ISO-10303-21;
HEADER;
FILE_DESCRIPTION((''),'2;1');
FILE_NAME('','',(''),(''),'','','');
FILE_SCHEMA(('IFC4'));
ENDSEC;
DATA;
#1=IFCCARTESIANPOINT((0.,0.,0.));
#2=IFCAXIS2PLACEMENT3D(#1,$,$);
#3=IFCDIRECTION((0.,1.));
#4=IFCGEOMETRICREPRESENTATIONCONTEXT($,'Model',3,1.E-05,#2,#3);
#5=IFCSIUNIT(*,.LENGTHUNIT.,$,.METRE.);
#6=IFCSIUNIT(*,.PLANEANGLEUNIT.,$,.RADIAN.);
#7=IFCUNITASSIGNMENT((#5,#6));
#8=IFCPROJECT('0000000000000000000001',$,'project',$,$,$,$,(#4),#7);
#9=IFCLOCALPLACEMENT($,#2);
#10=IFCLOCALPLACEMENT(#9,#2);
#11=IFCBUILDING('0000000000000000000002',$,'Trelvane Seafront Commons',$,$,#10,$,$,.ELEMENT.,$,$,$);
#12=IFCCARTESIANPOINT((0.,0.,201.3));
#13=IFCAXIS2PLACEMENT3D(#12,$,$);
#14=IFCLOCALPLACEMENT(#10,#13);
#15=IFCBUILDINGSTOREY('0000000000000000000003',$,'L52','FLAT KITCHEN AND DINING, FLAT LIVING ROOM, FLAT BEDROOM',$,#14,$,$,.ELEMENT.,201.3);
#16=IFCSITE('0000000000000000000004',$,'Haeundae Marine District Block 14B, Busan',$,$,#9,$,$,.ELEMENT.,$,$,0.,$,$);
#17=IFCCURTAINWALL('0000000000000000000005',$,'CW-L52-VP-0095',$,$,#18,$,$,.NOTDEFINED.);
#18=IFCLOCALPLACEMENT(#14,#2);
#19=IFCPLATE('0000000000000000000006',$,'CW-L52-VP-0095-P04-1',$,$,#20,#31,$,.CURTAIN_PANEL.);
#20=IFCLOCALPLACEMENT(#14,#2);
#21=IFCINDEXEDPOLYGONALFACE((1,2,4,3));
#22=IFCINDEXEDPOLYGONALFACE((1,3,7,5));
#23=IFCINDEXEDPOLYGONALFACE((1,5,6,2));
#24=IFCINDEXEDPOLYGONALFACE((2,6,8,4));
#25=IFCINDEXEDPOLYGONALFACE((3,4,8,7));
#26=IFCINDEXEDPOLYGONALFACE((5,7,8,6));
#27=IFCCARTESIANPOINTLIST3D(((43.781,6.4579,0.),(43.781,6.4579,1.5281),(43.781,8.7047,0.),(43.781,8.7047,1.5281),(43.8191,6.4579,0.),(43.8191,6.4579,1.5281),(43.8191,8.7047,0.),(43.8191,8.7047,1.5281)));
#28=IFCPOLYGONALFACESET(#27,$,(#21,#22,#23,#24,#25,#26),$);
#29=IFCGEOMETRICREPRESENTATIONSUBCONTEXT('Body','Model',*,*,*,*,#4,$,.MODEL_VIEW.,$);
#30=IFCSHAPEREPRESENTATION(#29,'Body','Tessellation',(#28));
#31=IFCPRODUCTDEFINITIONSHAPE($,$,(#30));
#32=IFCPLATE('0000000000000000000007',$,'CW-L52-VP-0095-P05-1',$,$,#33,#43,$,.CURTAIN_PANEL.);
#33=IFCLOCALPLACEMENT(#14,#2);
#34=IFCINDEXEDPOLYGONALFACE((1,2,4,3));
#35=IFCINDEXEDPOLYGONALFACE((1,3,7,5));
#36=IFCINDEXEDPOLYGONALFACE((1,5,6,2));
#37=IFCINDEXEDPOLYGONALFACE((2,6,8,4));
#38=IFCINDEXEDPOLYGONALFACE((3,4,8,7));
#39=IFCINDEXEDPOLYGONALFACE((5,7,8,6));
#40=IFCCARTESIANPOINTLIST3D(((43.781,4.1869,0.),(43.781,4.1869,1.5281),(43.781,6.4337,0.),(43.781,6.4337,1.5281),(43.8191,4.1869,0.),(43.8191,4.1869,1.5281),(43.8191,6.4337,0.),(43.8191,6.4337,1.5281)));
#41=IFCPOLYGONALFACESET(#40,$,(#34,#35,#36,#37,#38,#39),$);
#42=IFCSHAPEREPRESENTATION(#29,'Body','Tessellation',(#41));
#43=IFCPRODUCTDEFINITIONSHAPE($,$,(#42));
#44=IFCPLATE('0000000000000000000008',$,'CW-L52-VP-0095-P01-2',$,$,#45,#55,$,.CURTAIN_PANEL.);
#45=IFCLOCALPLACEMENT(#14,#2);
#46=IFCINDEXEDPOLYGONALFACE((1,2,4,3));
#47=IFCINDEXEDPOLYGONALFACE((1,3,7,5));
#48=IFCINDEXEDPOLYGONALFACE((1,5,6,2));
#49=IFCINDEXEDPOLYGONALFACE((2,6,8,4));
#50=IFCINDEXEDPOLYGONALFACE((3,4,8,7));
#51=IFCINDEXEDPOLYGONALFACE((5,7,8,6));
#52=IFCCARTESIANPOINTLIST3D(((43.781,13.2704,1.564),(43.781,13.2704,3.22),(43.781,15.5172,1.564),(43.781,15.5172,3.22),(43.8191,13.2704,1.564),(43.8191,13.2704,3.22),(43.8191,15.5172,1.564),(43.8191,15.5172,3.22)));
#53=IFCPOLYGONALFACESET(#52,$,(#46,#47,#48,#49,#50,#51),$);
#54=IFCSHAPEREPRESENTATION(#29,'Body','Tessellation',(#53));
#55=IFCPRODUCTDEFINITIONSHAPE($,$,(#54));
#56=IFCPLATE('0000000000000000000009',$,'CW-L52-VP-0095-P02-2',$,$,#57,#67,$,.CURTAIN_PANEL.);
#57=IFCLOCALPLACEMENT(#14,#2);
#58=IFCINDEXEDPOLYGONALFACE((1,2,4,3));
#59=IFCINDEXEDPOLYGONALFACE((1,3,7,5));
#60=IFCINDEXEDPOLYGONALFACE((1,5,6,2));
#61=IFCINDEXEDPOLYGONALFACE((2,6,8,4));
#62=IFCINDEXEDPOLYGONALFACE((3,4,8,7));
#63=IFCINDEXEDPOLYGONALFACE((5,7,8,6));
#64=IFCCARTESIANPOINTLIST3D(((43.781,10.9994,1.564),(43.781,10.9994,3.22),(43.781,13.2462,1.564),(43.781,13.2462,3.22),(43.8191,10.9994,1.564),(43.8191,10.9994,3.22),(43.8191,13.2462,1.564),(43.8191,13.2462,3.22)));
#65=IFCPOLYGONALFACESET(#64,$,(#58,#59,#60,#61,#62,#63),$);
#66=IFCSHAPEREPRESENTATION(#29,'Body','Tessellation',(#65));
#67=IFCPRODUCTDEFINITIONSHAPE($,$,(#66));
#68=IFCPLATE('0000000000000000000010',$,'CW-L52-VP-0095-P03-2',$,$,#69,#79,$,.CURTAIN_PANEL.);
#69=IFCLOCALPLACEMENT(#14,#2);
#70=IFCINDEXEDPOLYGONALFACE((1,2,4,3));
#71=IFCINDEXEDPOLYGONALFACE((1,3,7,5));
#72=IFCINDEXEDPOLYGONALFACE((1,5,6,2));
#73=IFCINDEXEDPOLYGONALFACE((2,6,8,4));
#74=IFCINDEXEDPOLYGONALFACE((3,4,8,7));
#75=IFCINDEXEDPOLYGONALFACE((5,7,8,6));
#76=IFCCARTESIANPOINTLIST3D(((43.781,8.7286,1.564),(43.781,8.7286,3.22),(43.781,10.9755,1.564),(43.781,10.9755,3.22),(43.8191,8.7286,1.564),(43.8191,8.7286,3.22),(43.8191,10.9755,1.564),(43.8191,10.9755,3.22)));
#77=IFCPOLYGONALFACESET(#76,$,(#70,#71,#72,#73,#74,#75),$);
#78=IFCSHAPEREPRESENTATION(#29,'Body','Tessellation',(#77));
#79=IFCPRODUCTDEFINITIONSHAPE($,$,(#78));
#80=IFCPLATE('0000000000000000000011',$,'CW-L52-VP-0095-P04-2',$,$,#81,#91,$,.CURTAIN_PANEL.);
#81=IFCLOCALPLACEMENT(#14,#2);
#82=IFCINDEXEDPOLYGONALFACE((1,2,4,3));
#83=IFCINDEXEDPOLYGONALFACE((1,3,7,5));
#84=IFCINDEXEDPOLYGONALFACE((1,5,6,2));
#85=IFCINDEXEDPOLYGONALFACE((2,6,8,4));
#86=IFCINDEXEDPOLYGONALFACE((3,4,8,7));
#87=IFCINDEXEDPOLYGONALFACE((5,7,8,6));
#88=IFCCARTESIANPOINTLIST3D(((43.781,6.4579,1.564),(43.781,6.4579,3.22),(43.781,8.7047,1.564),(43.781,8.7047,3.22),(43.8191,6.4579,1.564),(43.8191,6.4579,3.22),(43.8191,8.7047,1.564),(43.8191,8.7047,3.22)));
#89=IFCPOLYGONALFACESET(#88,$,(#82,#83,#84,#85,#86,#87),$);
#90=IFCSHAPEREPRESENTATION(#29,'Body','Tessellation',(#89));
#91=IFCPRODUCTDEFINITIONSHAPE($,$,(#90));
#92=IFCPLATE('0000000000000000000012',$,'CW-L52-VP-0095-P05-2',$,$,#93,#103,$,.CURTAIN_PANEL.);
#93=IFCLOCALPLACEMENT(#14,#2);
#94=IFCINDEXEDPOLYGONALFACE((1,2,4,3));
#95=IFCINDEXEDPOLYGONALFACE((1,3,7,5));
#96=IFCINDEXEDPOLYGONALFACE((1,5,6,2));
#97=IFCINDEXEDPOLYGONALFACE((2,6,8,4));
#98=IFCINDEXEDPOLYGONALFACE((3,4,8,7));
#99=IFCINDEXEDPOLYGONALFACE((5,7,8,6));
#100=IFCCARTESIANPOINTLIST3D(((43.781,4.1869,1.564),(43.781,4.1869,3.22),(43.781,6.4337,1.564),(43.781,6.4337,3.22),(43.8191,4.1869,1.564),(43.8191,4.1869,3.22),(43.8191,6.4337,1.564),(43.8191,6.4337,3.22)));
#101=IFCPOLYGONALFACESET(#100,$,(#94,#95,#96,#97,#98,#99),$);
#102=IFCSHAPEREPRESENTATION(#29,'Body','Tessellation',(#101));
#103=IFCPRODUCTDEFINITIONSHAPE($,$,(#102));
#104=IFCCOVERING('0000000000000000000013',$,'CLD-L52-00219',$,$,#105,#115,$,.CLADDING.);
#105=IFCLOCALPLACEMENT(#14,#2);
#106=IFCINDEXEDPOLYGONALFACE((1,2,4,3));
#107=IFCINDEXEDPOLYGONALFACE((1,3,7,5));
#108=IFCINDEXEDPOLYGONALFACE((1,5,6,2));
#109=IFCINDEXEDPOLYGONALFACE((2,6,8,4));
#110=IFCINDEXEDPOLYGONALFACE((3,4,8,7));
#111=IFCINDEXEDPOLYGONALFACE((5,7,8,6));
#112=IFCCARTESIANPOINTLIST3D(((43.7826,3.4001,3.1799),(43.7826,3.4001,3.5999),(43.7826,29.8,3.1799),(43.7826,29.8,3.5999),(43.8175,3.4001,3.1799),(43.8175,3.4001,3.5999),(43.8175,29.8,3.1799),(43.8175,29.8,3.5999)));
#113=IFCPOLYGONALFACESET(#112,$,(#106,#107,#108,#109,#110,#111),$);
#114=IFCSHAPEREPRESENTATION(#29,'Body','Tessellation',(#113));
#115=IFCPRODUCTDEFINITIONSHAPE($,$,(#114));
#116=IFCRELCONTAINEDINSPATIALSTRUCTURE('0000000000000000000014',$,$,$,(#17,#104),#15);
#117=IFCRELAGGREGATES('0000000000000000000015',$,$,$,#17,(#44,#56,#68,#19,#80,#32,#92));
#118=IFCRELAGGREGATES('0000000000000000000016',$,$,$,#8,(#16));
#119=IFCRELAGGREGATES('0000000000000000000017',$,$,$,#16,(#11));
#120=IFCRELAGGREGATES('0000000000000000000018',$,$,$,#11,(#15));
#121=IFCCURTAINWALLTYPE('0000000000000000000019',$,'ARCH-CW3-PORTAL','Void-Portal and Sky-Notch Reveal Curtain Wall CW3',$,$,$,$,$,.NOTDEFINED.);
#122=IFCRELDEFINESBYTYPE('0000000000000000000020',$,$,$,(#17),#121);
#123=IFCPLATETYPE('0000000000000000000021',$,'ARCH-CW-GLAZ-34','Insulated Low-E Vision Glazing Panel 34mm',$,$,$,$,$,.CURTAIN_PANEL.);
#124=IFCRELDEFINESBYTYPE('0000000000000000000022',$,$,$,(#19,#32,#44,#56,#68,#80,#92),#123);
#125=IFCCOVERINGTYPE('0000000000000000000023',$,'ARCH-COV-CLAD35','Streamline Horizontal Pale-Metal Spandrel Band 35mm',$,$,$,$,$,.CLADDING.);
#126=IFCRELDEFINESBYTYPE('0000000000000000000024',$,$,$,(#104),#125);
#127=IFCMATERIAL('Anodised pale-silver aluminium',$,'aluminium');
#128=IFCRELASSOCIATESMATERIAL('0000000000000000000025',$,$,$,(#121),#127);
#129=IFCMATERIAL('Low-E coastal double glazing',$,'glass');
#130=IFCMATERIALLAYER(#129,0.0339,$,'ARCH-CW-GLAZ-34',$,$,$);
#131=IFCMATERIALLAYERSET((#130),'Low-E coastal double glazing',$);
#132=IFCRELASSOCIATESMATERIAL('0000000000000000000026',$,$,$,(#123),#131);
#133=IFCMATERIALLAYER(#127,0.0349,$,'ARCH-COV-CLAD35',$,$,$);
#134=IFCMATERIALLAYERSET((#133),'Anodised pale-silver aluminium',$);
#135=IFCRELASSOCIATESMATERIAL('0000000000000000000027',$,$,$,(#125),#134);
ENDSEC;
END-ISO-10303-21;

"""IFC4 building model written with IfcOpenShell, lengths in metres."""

from ifc_helpers import new_model, si_unit, direction, frame, origin, origin_2d, place, context, subcontext, project, spatial, rectangle, extrude, source, transform, mapped, material, layer, layer_set, type_object, element, aggregate, save


model = new_model("IFC4")

# Units and contexts
model_context = context("Model", 3, precision=1e-05, world=origin(), true_north=direction((0.0, 1.0)))
body_context = subcontext(model_context, "Body", "Model", "MODEL_VIEW")
ifc_project = project(units=[si_unit("LENGTHUNIT", "METRE"), si_unit("PLANEANGLEUNIT", "RADIAN")], contexts=[model_context])

# Site, building, storey
site_placement = place(None, origin())
site = spatial("IfcSite", under=ifc_project, at=site_placement, Name="Haeundae Marine District Block 14B, Busan", CompositionType="ELEMENT", RefElevation=0.0)
building_placement = place(site_placement, origin())
building = spatial("IfcBuilding", under=site, at=building_placement, Name="Trelvane Seafront Commons", CompositionType="ELEMENT")
storey_placement = place(building_placement, frame((0.0, 0.0, 201.3)))
storey = spatial("IfcBuildingStorey", under=building, at=storey_placement, Name="L52", Description="FLAT KITCHEN AND DINING, FLAT LIVING ROOM, FLAT BEDROOM", CompositionType="ELEMENT", Elevation=201.3)

# Curtain wall
ifc_material_1 = material(Name="Anodised pale-silver aluminium", Category="aluminium")
curtain_wall_type = type_object("IfcCurtainWallType", Name="ARCH-CW3-PORTAL", Description="Void-Portal and Sky-Notch Reveal Curtain Wall CW3", PredefinedType="NOTDEFINED", material=ifc_material_1)
curtain_wall_placement = place(storey_placement, origin())
curtain_wall = element("IfcCurtainWall", 1, at=curtain_wall_placement, inside=storey, type_object=curtain_wall_type, Name="CW-L52-VP-0095", PredefinedType="NOTDEFINED")

# Plates
ifc_material_2 = material(Name="Low-E coastal double glazing", Category="glass")
ifc_layer_1 = layer(ifc_material_2, 0.0339, Name="ARCH-CW-GLAZ-34")
ifc_layer_set_1 = layer_set([ifc_layer_1], Name="Low-E coastal double glazing")
plate_type_1 = type_object("IfcPlateType", Name="ARCH-CW-GLAZ-34", Description="Insulated Low-E Vision Glazing Panel 34mm", PredefinedType="CURTAIN_PANEL", material=ifc_layer_set_1)
shared_shape_1 = source(origin(), body_context, "Body", "SweptSolid", [
    extrude(rectangle(XDim=2.2468, YDim=0.0381, at=origin_2d()), origin(), (0.0, 0.0, 1.0), 1.5281),
])
plate_1_placement = place(storey_placement, frame((43.8, 7.5813, 0.0), z_axis=(0.0, 0.0, 1.0), x_axis=(0.0, -1.0, 0.0)))
plate_1 = element("IfcPlate", 2, at=plate_1_placement, type_object=plate_type_1, Name="CW-L52-VP-0095-P04-1", PredefinedType="CURTAIN_PANEL", context=body_context, shape_type="MappedRepresentation", body=[
    mapped(shared_shape_1, transform((0.0, 0.0, 0.0), x_axis=(1.0, 0.0, 0.0), y_axis=(0.0, 1.0, 0.0), z_axis=(0.0, 0.0, 1.0), scale=1.0)),
])
plate_2_placement = place(storey_placement, frame((43.8, 5.3103, 0.0), z_axis=(0.0, 0.0, 1.0), x_axis=(0.0, -1.0, 0.0)))
plate_2 = element("IfcPlate", 3, at=plate_2_placement, type_object=plate_type_1, Name="CW-L52-VP-0095-P05-1", PredefinedType="CURTAIN_PANEL", context=body_context, shape_type="MappedRepresentation", body=[
    mapped(shared_shape_1, transform((0.0, 0.0, 0.0), x_axis=(1.0, 0.0, 0.0), y_axis=(0.0, 1.0, 0.0), z_axis=(0.0, 0.0, 1.0), scale=1.0)),
])
shared_shape_2 = source(origin(), body_context, "Body", "SweptSolid", [
    extrude(rectangle(XDim=2.2468, YDim=0.0381, at=origin_2d()), origin(), (0.0, 0.0, 1.0), 1.656),
])
plate_3_placement = place(storey_placement, frame((43.8, 14.3938, 1.564), z_axis=(0.0, 0.0, 1.0), x_axis=(0.0, -1.0, 0.0)))
plate_3 = element("IfcPlate", 4, at=plate_3_placement, type_object=plate_type_1, Name="CW-L52-VP-0095-P01-2", PredefinedType="CURTAIN_PANEL", context=body_context, shape_type="MappedRepresentation", body=[
    mapped(shared_shape_2, transform((0.0, 0.0, 0.0), x_axis=(1.0, 0.0, 0.0), y_axis=(0.0, 1.0, 0.0), z_axis=(0.0, 0.0, 1.0), scale=1.0)),
])
plate_4_placement = place(storey_placement, frame((43.8, 12.1228, 1.564), z_axis=(0.0, 0.0, 1.0), x_axis=(0.0, -1.0, 0.0)))
plate_4 = element("IfcPlate", 5, at=plate_4_placement, type_object=plate_type_1, Name="CW-L52-VP-0095-P02-2", PredefinedType="CURTAIN_PANEL", context=body_context, shape_type="MappedRepresentation", body=[
    mapped(shared_shape_2, transform((0.0, 0.0, 0.0), x_axis=(1.0, 0.0, 0.0), y_axis=(0.0, 1.0, 0.0), z_axis=(0.0, 0.0, 1.0), scale=1.0)),
])
plate_5_placement = place(storey_placement, frame((43.8, 9.8521, 1.564), z_axis=(0.0, 0.0, 1.0), x_axis=(0.0, -1.0, 0.0)))
plate_5 = element("IfcPlate", 6, at=plate_5_placement, type_object=plate_type_1, Name="CW-L52-VP-0095-P03-2", PredefinedType="CURTAIN_PANEL", context=body_context, shape_type="MappedRepresentation", body=[
    mapped(shared_shape_2, transform((0.0, 0.0, 0.0), x_axis=(1.0, 0.0, 0.0), y_axis=(0.0, 1.0, 0.0), z_axis=(0.0, 0.0, 1.0), scale=1.0)),
])
plate_6_placement = place(storey_placement, frame((43.8, 7.5813, 1.564), z_axis=(0.0, 0.0, 1.0), x_axis=(0.0, -1.0, 0.0)))
plate_6 = element("IfcPlate", 7, at=plate_6_placement, type_object=plate_type_1, Name="CW-L52-VP-0095-P04-2", PredefinedType="CURTAIN_PANEL", context=body_context, shape_type="MappedRepresentation", body=[
    mapped(shared_shape_2, transform((0.0, 0.0, 0.0), x_axis=(1.0, 0.0, 0.0), y_axis=(0.0, 1.0, 0.0), z_axis=(0.0, 0.0, 1.0), scale=1.0)),
])
plate_7_placement = place(storey_placement, frame((43.8, 5.3103, 1.564), z_axis=(0.0, 0.0, 1.0), x_axis=(0.0, -1.0, 0.0)))
plate_7 = element("IfcPlate", 8, at=plate_7_placement, type_object=plate_type_1, Name="CW-L52-VP-0095-P05-2", PredefinedType="CURTAIN_PANEL", context=body_context, shape_type="MappedRepresentation", body=[
    mapped(shared_shape_2, transform((0.0, 0.0, 0.0), x_axis=(1.0, 0.0, 0.0), y_axis=(0.0, 1.0, 0.0), z_axis=(0.0, 0.0, 1.0), scale=1.0)),
])
aggregate(curtain_wall, [plate_3, plate_4, plate_5, plate_1, plate_6, plate_2, plate_7])

# Covering
ifc_layer_2 = layer(ifc_material_1, 0.0349, Name="ARCH-COV-CLAD35")
ifc_layer_set_2 = layer_set([ifc_layer_2], Name="Anodised pale-silver aluminium")
covering_type = type_object("IfcCoveringType", Name="ARCH-COV-CLAD35", Description="Streamline Horizontal Pale-Metal Spandrel Band 35mm", PredefinedType="CLADDING", material=ifc_layer_set_2)
shared_shape_3 = source(origin(), body_context, "Body", "SweptSolid", [
    extrude(rectangle(XDim=26.3999, YDim=0.0349, at=origin_2d()), origin(), (0.0, 0.0, 1.0), 0.4199),
])
covering_placement = place(storey_placement, frame((43.8, 16.6001, 3.1799), z_axis=(0.0, 0.0, 1.0), x_axis=(0.0, 1.0, 0.0)))
element("IfcCovering", 9, at=covering_placement, inside=storey, type_object=covering_type, Name="CLD-L52-00219", PredefinedType="CLADDING", context=body_context, shape_type="MappedRepresentation", body=[
    mapped(shared_shape_3, transform((0.0, 0.0, 0.0), x_axis=(1.0, 0.0, 0.0), y_axis=(0.0, 1.0, 0.0), z_axis=(0.0, 0.0, 1.0), scale=1.0)),
])

save(model, "model.ifc")
